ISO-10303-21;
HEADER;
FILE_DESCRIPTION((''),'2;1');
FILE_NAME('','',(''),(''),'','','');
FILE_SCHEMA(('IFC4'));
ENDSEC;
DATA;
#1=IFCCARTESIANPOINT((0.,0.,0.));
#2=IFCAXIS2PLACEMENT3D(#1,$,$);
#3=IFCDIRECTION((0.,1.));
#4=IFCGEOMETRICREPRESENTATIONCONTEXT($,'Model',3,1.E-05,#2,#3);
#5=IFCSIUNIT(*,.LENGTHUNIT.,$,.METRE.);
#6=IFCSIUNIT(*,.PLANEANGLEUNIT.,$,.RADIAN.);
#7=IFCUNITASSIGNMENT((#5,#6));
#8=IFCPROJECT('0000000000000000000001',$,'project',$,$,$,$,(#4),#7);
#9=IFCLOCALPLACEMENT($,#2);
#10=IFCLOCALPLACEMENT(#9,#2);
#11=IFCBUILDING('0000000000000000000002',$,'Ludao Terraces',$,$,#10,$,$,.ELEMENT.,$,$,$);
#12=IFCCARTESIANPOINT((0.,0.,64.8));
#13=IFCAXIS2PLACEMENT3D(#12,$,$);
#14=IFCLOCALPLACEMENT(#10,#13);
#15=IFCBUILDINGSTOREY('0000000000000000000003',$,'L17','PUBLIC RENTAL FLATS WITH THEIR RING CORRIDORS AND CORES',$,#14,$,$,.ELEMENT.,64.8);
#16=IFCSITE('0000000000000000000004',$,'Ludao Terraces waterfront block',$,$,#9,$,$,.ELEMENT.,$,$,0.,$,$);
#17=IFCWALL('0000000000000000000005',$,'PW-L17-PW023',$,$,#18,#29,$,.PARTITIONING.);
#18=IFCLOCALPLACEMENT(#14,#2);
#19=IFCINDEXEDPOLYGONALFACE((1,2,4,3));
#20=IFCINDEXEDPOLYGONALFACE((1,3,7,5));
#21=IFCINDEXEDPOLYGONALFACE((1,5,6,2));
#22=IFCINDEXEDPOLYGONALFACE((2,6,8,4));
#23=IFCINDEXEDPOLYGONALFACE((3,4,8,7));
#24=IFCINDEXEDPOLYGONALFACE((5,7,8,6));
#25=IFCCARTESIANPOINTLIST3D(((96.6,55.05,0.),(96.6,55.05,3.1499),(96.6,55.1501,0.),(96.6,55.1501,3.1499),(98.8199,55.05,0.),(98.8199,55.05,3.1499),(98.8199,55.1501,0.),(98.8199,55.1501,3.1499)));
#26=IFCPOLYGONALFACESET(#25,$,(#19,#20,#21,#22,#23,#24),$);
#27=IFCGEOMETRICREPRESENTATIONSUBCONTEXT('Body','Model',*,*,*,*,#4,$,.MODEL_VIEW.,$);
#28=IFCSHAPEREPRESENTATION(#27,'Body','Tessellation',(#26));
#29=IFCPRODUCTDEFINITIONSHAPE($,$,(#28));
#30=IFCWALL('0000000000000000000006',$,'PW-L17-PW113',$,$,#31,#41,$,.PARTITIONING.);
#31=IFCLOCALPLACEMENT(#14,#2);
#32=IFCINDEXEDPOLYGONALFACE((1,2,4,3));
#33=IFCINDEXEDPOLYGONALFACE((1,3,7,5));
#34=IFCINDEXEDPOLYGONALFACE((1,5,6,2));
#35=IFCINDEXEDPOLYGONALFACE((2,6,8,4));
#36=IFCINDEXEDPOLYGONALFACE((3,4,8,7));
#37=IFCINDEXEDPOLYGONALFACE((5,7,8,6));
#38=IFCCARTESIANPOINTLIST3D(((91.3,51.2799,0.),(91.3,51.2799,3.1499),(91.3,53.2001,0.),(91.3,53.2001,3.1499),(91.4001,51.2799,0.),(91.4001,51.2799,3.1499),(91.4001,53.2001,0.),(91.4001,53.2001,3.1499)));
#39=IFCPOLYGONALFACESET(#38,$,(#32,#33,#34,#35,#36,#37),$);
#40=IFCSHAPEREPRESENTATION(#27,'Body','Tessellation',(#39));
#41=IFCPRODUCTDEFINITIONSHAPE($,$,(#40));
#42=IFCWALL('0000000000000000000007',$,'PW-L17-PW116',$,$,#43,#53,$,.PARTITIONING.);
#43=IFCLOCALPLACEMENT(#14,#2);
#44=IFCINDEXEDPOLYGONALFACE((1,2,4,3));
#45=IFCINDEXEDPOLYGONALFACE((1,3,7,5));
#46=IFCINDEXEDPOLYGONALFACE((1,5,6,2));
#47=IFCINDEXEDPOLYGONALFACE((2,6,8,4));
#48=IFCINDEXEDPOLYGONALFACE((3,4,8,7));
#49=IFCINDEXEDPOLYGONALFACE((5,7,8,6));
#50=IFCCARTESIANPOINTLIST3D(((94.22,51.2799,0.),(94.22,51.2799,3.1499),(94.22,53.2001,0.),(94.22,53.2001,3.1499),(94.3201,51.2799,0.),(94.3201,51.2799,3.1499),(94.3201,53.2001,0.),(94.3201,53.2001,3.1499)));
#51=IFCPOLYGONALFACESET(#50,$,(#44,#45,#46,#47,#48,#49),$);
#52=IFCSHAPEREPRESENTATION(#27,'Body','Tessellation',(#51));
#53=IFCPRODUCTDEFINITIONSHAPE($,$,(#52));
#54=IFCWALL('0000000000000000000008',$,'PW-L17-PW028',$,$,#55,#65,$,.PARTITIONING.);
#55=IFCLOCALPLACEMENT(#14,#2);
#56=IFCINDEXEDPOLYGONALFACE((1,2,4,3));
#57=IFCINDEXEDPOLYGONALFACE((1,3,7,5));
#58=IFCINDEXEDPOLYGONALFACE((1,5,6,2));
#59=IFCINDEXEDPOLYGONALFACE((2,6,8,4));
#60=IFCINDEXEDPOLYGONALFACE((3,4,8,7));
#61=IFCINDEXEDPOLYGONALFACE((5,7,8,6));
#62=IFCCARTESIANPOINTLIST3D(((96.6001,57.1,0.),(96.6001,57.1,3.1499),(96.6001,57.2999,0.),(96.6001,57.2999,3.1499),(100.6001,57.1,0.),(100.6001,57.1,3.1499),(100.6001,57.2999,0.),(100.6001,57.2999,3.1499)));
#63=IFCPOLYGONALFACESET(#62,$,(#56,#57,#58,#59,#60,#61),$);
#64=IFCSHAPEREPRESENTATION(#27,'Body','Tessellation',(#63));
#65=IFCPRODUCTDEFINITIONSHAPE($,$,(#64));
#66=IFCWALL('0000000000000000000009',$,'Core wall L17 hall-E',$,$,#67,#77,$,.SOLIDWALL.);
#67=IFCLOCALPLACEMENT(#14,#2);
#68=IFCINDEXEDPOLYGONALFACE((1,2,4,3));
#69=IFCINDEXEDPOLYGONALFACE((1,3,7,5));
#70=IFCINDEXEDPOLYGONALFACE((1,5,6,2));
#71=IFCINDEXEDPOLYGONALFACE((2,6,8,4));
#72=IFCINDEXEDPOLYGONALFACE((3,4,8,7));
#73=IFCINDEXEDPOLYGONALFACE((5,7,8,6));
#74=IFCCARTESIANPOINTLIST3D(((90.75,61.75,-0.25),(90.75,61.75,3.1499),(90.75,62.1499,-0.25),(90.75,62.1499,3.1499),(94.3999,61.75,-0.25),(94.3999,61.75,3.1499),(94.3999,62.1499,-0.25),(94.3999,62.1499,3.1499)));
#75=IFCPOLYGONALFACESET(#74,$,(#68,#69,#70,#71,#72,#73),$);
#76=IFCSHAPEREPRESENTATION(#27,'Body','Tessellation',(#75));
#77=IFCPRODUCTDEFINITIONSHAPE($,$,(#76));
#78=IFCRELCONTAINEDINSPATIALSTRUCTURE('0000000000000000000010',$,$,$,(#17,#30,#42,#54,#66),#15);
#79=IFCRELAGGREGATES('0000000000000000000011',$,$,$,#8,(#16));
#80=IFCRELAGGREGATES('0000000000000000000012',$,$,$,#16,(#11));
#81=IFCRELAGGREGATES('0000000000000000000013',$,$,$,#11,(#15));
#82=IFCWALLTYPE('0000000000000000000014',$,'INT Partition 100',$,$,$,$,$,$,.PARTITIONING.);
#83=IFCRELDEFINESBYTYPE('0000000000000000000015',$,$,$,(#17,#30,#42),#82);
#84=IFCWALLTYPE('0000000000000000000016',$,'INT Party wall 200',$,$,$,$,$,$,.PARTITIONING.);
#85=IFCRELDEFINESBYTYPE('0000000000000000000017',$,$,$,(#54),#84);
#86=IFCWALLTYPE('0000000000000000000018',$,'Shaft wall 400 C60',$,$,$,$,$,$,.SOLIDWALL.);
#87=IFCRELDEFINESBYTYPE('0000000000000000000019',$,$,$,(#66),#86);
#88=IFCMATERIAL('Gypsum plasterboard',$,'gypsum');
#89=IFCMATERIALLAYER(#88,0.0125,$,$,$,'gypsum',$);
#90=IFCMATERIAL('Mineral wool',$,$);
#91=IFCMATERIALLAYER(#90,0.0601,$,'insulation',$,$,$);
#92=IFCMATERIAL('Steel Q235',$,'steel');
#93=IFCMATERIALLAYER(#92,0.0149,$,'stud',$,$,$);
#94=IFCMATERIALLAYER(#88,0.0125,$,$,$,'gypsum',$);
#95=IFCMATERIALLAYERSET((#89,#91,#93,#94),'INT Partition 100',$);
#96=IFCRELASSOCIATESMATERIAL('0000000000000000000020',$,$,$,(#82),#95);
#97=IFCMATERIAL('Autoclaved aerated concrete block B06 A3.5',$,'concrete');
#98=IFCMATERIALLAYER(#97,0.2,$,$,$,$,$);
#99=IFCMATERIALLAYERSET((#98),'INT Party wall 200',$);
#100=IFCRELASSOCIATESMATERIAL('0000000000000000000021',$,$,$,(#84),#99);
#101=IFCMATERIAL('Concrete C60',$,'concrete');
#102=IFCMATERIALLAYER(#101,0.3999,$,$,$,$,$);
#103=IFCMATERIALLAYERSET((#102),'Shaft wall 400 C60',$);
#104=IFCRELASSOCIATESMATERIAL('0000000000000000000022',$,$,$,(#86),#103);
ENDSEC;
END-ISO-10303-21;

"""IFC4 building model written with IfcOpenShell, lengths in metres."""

from ifc_helpers import new_model, si_unit, direction, frame, frame_2d, origin, place, context, subcontext, project, spatial, rectangle, extrude, material, layer, layer_set, type_object, element, save


model = new_model("IFC4")

# Units and contexts
model_context = context("Model", 3, precision=1e-05, world=origin(), true_north=direction((0.0, 1.0)))
body_context = subcontext(model_context, "Body", "Model", "MODEL_VIEW")
ifc_project = project(units=[si_unit("LENGTHUNIT", "METRE"), si_unit("PLANEANGLEUNIT", "RADIAN")], contexts=[model_context])

# Site, building, storey
site_placement = place(None, origin())
site = spatial("IfcSite", under=ifc_project, at=site_placement, Name="Ludao Terraces waterfront block", CompositionType="ELEMENT", RefElevation=0.0)
building_placement = place(site_placement, origin())
building = spatial("IfcBuilding", under=site, at=building_placement, Name="Ludao Terraces", CompositionType="ELEMENT")
storey_placement = place(building_placement, frame((0.0, 0.0, 64.8)))
storey = spatial("IfcBuildingStorey", under=building, at=storey_placement, Name="L17", Description="PUBLIC RENTAL FLATS WITH THEIR RING CORRIDORS AND CORES", CompositionType="ELEMENT", Elevation=64.8)

# Shared definitions
ifc_material_1 = material(Name="Steel Q235", Category="steel")

# Walls
ifc_material_2 = material(Name="Gypsum plasterboard", Category="gypsum")
ifc_layer_1 = layer(ifc_material_2, 0.0125, Category="gypsum")
ifc_material_3 = material(Name="Mineral wool")
ifc_layer_2 = layer(ifc_material_3, 0.0601, Name="insulation")
ifc_layer_3 = layer(ifc_material_1, 0.0149, Name="stud")
ifc_layer_4 = layer(ifc_material_2, 0.0125, Category="gypsum")
ifc_layer_set_1 = layer_set([ifc_layer_1, ifc_layer_2, ifc_layer_3, ifc_layer_4], Name="INT Partition 100")
wall_type_1 = type_object("IfcWallType", Name="INT Partition 100", PredefinedType="PARTITIONING", material=ifc_layer_set_1)
for number, where, z_axis, x_axis, name in (
    (1, (96.6001, 55.1001, 0.0), (0.0, 0.0, 1.0), (1.0, 0.0, 0.0), "PW-L17-PW023"),
):
    element("IfcWall", number, at=place(storey_placement, frame(where, z_axis=z_axis, x_axis=x_axis)), inside=storey, type_object=wall_type_1, Name=name, PredefinedType="PARTITIONING", context=body_context, shape_type="SweptSolid", body=[
        extrude(rectangle(XDim=2.22, YDim=0.1001, at=frame_2d((1.1099, 0.0))), origin(), (0.0, 0.0, 1.0), 3.1499),
    ])
for number, where, z_axis, x_axis, name in (
    (2, (91.3501, 51.28, 0.0), (0.0, 0.0, 1.0), (0.0, 1.0, 0.0), "PW-L17-PW113"),
    (3, (94.27, 51.28, 0.0), (0.0, 0.0, 1.0), (0.0, 1.0, 0.0), "PW-L17-PW116"),
):
    element("IfcWall", number, at=place(storey_placement, frame(where, z_axis=z_axis, x_axis=x_axis)), inside=storey, type_object=wall_type_1, Name=name, PredefinedType="PARTITIONING", context=body_context, shape_type="SweptSolid", body=[
        extrude(rectangle(XDim=1.9202, YDim=0.1001, at=frame_2d((0.96, 0.0))), origin(), (0.0, 0.0, 1.0), 3.1499),
    ])
ifc_material_4 = material(Name="Autoclaved aerated concrete block B06 A3.5", Category="concrete")
ifc_layer_5 = layer(ifc_material_4, 0.2)
ifc_layer_set_2 = layer_set([ifc_layer_5], Name="INT Party wall 200")
wall_type_2 = type_object("IfcWallType", Name="INT Party wall 200", PredefinedType="PARTITIONING", material=ifc_layer_set_2)
wall_1_placement = place(storey_placement, frame((96.6001, 57.2, 0.0), z_axis=(0.0, 0.0, 1.0), x_axis=(1.0, 0.0, 0.0)))
element("IfcWall", 4, at=wall_1_placement, inside=storey, type_object=wall_type_2, Name="PW-L17-PW028", PredefinedType="PARTITIONING", context=body_context, shape_type="SweptSolid", body=[
    extrude(rectangle(XDim=4.0, YDim=0.2, at=frame_2d((2.0, 0.0))), origin(), (0.0, 0.0, 1.0), 3.1499),
])
ifc_material_5 = material(Name="Concrete C60", Category="concrete")
ifc_layer_6 = layer(ifc_material_5, 0.3999)
ifc_layer_set_3 = layer_set([ifc_layer_6], Name="Shaft wall 400 C60")
wall_type_3 = type_object("IfcWallType", Name="Shaft wall 400 C60", PredefinedType="SOLIDWALL", material=ifc_layer_set_3)
wall_2_placement = place(storey_placement, frame((90.75, 61.95, -0.25), z_axis=(0.0, 0.0, 1.0), x_axis=(1.0, 0.0, 0.0)))
element("IfcWall", 5, at=wall_2_placement, inside=storey, type_object=wall_type_3, Name="Core wall L17 hall-E", PredefinedType="SOLIDWALL", context=body_context, shape_type="SweptSolid", body=[
    extrude(rectangle(XDim=3.6499, YDim=0.3999, at=frame_2d((1.825, 0.0))), origin(), (0.0, 0.0, 1.0), 3.3999),
])

save(model, "model.ifc")
